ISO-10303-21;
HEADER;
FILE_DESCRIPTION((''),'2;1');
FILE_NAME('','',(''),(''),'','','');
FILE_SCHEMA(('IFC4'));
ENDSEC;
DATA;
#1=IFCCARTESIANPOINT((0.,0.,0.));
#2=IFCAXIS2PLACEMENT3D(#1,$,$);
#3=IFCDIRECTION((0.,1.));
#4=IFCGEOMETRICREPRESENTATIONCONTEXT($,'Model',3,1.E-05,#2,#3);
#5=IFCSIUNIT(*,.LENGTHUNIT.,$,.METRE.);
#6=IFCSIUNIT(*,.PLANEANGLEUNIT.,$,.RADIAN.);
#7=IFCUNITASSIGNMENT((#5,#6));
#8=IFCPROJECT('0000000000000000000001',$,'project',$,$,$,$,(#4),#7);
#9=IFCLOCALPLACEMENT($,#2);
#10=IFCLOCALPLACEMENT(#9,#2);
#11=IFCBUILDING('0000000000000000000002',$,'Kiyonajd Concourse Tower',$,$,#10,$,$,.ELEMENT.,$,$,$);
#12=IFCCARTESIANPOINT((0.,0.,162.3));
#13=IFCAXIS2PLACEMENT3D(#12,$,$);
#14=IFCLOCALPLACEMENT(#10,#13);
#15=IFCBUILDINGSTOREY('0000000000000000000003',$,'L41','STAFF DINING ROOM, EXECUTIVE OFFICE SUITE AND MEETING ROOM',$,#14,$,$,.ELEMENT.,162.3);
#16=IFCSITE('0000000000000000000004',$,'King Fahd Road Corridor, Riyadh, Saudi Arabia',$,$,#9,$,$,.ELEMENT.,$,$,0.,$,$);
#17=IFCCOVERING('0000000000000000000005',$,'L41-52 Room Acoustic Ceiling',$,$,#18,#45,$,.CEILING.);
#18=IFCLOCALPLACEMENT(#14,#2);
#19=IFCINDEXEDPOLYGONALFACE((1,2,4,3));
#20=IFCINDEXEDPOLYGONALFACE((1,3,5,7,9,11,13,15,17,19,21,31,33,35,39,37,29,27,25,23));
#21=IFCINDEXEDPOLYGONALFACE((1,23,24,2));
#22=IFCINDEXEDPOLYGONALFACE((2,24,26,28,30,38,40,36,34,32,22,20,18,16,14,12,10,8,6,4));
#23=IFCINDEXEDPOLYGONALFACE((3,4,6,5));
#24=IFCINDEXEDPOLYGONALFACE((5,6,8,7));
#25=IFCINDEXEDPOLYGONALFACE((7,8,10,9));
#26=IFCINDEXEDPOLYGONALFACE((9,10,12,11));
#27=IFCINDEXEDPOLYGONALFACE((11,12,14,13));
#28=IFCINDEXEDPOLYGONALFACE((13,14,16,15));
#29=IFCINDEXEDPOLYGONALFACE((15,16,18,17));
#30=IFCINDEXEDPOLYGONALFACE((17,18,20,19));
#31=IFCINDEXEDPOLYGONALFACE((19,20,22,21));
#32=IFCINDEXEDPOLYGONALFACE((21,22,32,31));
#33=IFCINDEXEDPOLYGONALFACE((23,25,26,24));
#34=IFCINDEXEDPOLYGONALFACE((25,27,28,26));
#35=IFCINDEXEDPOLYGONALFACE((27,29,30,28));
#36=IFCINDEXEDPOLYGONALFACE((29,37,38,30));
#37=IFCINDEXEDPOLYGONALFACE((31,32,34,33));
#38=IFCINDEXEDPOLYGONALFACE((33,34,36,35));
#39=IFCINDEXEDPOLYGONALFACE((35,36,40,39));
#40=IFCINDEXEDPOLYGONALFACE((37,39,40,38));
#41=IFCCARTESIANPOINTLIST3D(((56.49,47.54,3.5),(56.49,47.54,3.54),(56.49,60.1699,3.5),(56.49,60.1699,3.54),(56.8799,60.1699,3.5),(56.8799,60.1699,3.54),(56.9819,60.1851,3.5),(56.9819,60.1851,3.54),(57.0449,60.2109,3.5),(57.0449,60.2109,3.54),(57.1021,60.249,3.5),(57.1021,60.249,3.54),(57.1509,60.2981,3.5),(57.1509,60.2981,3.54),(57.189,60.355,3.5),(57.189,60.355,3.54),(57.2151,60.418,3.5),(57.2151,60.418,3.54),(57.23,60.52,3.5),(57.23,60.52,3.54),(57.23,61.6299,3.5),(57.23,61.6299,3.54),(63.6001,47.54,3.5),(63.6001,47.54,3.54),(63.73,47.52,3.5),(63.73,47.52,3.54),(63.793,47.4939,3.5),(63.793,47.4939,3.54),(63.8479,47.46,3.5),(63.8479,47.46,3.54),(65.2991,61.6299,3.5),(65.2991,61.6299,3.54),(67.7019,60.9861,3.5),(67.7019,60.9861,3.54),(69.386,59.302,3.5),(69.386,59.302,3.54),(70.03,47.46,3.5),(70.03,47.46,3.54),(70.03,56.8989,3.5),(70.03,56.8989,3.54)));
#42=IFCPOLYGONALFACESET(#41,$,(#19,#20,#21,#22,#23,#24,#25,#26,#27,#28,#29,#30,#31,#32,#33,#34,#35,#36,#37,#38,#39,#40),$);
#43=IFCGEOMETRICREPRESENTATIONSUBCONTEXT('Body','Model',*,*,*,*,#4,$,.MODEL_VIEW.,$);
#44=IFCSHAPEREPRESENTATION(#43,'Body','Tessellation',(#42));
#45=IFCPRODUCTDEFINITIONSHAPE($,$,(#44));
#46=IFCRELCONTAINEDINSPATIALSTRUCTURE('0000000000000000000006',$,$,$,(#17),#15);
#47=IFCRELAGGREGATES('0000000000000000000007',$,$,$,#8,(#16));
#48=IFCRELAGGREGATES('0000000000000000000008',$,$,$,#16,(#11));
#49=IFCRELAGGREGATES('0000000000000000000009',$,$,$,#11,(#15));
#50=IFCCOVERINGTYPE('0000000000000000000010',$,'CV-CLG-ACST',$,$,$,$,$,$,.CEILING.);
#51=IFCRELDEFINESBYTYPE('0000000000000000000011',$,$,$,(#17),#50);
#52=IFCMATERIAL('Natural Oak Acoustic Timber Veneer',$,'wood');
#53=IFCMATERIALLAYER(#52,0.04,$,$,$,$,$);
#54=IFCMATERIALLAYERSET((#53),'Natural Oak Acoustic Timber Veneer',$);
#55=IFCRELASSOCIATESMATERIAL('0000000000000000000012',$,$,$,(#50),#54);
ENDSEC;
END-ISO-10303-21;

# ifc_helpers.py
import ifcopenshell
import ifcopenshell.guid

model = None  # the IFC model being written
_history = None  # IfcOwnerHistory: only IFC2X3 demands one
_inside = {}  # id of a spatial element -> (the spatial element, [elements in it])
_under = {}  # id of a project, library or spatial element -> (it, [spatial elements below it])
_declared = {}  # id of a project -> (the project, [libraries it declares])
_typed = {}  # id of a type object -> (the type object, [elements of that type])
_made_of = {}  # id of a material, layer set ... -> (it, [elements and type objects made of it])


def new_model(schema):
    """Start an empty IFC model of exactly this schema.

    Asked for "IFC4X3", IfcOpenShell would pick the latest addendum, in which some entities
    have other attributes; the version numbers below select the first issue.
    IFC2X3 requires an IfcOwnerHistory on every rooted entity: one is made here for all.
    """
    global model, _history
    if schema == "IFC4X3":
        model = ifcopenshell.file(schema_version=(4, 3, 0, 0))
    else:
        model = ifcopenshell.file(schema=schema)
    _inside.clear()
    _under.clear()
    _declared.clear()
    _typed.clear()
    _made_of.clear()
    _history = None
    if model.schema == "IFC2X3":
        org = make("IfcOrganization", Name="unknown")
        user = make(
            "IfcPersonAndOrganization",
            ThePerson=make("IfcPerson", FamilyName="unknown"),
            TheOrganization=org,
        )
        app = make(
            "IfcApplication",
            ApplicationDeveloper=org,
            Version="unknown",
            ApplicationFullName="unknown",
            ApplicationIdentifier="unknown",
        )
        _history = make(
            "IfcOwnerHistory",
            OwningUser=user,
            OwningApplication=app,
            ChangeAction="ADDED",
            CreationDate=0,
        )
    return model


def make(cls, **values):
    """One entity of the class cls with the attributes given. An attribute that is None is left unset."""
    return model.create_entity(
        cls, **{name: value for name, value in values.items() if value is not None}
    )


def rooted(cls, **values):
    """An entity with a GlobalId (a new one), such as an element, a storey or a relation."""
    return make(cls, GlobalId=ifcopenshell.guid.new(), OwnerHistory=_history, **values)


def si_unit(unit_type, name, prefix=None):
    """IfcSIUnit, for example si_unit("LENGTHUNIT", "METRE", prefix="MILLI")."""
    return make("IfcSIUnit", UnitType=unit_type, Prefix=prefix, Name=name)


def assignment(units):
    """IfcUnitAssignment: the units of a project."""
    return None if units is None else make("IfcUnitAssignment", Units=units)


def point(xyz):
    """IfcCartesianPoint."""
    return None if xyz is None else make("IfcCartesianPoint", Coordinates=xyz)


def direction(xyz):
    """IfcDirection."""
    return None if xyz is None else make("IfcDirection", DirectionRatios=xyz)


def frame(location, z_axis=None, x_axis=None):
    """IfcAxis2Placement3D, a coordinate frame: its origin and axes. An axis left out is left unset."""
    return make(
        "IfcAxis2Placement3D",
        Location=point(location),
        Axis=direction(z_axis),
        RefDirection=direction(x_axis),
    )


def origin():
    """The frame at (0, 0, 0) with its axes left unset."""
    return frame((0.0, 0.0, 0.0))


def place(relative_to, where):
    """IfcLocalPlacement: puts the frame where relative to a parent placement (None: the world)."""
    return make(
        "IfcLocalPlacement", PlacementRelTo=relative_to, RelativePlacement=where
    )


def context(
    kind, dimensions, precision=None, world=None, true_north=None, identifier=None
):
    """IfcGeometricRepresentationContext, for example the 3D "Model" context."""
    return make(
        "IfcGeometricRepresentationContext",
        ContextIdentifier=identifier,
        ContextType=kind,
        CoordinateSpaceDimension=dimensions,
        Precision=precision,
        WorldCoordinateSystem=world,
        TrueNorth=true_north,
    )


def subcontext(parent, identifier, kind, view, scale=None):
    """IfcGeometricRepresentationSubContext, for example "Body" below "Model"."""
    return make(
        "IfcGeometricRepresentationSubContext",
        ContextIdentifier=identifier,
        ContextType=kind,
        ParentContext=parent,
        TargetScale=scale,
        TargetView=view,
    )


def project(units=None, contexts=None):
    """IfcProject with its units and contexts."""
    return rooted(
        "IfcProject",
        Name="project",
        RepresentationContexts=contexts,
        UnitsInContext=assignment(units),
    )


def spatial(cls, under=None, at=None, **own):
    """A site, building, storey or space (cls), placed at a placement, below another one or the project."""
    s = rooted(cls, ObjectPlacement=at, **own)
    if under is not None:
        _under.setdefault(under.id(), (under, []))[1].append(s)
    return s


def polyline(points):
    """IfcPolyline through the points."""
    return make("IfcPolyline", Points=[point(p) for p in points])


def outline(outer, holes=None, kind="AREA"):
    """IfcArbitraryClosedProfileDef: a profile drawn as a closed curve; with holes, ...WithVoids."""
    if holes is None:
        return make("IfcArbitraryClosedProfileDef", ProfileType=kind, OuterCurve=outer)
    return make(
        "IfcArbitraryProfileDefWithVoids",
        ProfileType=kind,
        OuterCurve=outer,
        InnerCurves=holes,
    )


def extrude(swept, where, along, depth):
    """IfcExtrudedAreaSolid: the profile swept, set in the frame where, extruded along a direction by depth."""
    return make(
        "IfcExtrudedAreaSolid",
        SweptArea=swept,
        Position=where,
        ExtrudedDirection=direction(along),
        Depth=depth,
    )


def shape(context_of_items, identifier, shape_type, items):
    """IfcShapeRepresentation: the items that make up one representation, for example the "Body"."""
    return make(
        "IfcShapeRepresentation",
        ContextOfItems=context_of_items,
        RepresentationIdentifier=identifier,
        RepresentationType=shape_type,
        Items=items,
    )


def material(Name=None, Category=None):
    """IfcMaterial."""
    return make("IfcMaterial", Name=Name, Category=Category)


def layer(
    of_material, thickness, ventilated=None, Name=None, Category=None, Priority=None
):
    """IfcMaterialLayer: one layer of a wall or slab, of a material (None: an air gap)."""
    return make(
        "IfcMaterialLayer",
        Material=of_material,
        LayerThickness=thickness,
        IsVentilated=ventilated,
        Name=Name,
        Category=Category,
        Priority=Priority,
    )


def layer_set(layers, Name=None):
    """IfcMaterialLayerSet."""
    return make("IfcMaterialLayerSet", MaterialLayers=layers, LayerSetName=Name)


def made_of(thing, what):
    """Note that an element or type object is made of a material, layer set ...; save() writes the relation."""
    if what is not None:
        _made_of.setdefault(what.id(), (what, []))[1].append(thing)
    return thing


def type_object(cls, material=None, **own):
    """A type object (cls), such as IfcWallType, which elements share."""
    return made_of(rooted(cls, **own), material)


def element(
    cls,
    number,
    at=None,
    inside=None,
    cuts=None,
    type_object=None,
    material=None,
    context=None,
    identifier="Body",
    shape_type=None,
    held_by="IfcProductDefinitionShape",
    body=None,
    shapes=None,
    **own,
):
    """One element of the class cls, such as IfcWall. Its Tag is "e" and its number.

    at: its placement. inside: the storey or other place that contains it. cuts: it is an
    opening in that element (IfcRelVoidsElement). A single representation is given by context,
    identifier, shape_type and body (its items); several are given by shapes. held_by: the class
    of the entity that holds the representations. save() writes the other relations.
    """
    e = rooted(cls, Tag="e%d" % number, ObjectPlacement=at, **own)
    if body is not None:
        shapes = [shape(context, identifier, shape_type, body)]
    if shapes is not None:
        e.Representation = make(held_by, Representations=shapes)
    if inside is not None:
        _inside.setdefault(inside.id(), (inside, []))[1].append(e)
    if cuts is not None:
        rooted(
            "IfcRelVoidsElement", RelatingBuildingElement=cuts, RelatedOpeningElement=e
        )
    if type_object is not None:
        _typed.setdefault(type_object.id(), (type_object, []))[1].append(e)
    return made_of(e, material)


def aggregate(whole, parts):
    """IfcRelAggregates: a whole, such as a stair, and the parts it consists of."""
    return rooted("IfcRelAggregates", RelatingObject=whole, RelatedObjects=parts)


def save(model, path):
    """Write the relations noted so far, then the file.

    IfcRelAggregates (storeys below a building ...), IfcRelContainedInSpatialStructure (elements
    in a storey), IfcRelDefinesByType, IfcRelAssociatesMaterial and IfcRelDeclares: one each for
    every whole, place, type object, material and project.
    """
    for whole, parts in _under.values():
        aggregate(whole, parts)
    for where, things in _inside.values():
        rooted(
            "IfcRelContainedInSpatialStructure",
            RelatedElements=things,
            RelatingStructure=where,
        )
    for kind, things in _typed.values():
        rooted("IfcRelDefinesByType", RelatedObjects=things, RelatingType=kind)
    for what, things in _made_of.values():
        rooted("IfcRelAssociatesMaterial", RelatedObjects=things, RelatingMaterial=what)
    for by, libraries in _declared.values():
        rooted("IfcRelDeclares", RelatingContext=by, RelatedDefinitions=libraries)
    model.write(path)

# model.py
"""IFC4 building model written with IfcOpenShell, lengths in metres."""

from ifc_helpers import new_model, si_unit, direction, frame, origin, place, context, subcontext, project, spatial, polyline, outline, extrude, material, layer, layer_set, type_object, element, save


model = new_model("IFC4")

# Units and contexts
model_context = context("Model", 3, precision=1e-05, world=origin(), true_north=direction((0.0, 1.0)))
body_context = subcontext(model_context, "Body", "Model", "MODEL_VIEW")
ifc_project = project(units=[si_unit("LENGTHUNIT", "METRE"), si_unit("PLANEANGLEUNIT", "RADIAN")], contexts=[model_context])

# Site, building, storey
site_placement = place(None, origin())
site = spatial("IfcSite", under=ifc_project, at=site_placement, Name="King Fahd Road Corridor, Riyadh, Saudi Arabia", CompositionType="ELEMENT", RefElevation=0.0)
building_placement = place(site_placement, origin())
building = spatial("IfcBuilding", under=site, at=building_placement, Name="Kiyonajd Concourse Tower", CompositionType="ELEMENT")
storey_placement = place(building_placement, frame((0.0, 0.0, 162.3)))
storey = spatial("IfcBuildingStorey", under=building, at=storey_placement, Name="L41", Description="STAFF DINING ROOM, EXECUTIVE OFFICE SUITE AND MEETING ROOM", CompositionType="ELEMENT", Elevation=162.3)

# Shared definitions
ifc_material_1 = material(Name="Natural Oak Acoustic Timber Veneer", Category="wood")

# Covering
ifc_layer_1 = layer(ifc_material_1, 0.04)
ifc_layer_set_1 = layer_set([ifc_layer_1], Name="Natural Oak Acoustic Timber Veneer")
covering_type = type_object("IfcCoveringType", Name="CV-CLG-ACST", PredefinedType="CEILING", material=ifc_layer_set_1)
covering_1_placement = place(storey_placement, frame((0.0, 0.0, 3.5)))
element("IfcCovering", 1, at=covering_1_placement, inside=storey, type_object=covering_type, Name="L41-52 Room Acoustic Ceiling", PredefinedType="CEILING", context=body_context, shape_type="SweptSolid", body=[
    extrude(outline(polyline([(57.23, 61.6299), (65.2991, 61.6299), (67.7019, 60.9861), (69.386, 59.302), (70.03, 56.8989), (70.03, 47.46), (63.8479, 47.46), (63.793, 47.4939), (63.73, 47.52), (63.6001, 47.54), (56.49, 47.54), (56.49, 60.1699), (56.8799, 60.1699), (56.9819, 60.1851), (57.0449, 60.2109), (57.1021, 60.249), (57.1509, 60.2981), (57.189, 60.355), (57.2151, 60.418), (57.23, 60.52), (57.23, 61.6299)])), origin(), (0.0, 0.0, 1.0), 0.04),
])

save(model, "model.ifc")
